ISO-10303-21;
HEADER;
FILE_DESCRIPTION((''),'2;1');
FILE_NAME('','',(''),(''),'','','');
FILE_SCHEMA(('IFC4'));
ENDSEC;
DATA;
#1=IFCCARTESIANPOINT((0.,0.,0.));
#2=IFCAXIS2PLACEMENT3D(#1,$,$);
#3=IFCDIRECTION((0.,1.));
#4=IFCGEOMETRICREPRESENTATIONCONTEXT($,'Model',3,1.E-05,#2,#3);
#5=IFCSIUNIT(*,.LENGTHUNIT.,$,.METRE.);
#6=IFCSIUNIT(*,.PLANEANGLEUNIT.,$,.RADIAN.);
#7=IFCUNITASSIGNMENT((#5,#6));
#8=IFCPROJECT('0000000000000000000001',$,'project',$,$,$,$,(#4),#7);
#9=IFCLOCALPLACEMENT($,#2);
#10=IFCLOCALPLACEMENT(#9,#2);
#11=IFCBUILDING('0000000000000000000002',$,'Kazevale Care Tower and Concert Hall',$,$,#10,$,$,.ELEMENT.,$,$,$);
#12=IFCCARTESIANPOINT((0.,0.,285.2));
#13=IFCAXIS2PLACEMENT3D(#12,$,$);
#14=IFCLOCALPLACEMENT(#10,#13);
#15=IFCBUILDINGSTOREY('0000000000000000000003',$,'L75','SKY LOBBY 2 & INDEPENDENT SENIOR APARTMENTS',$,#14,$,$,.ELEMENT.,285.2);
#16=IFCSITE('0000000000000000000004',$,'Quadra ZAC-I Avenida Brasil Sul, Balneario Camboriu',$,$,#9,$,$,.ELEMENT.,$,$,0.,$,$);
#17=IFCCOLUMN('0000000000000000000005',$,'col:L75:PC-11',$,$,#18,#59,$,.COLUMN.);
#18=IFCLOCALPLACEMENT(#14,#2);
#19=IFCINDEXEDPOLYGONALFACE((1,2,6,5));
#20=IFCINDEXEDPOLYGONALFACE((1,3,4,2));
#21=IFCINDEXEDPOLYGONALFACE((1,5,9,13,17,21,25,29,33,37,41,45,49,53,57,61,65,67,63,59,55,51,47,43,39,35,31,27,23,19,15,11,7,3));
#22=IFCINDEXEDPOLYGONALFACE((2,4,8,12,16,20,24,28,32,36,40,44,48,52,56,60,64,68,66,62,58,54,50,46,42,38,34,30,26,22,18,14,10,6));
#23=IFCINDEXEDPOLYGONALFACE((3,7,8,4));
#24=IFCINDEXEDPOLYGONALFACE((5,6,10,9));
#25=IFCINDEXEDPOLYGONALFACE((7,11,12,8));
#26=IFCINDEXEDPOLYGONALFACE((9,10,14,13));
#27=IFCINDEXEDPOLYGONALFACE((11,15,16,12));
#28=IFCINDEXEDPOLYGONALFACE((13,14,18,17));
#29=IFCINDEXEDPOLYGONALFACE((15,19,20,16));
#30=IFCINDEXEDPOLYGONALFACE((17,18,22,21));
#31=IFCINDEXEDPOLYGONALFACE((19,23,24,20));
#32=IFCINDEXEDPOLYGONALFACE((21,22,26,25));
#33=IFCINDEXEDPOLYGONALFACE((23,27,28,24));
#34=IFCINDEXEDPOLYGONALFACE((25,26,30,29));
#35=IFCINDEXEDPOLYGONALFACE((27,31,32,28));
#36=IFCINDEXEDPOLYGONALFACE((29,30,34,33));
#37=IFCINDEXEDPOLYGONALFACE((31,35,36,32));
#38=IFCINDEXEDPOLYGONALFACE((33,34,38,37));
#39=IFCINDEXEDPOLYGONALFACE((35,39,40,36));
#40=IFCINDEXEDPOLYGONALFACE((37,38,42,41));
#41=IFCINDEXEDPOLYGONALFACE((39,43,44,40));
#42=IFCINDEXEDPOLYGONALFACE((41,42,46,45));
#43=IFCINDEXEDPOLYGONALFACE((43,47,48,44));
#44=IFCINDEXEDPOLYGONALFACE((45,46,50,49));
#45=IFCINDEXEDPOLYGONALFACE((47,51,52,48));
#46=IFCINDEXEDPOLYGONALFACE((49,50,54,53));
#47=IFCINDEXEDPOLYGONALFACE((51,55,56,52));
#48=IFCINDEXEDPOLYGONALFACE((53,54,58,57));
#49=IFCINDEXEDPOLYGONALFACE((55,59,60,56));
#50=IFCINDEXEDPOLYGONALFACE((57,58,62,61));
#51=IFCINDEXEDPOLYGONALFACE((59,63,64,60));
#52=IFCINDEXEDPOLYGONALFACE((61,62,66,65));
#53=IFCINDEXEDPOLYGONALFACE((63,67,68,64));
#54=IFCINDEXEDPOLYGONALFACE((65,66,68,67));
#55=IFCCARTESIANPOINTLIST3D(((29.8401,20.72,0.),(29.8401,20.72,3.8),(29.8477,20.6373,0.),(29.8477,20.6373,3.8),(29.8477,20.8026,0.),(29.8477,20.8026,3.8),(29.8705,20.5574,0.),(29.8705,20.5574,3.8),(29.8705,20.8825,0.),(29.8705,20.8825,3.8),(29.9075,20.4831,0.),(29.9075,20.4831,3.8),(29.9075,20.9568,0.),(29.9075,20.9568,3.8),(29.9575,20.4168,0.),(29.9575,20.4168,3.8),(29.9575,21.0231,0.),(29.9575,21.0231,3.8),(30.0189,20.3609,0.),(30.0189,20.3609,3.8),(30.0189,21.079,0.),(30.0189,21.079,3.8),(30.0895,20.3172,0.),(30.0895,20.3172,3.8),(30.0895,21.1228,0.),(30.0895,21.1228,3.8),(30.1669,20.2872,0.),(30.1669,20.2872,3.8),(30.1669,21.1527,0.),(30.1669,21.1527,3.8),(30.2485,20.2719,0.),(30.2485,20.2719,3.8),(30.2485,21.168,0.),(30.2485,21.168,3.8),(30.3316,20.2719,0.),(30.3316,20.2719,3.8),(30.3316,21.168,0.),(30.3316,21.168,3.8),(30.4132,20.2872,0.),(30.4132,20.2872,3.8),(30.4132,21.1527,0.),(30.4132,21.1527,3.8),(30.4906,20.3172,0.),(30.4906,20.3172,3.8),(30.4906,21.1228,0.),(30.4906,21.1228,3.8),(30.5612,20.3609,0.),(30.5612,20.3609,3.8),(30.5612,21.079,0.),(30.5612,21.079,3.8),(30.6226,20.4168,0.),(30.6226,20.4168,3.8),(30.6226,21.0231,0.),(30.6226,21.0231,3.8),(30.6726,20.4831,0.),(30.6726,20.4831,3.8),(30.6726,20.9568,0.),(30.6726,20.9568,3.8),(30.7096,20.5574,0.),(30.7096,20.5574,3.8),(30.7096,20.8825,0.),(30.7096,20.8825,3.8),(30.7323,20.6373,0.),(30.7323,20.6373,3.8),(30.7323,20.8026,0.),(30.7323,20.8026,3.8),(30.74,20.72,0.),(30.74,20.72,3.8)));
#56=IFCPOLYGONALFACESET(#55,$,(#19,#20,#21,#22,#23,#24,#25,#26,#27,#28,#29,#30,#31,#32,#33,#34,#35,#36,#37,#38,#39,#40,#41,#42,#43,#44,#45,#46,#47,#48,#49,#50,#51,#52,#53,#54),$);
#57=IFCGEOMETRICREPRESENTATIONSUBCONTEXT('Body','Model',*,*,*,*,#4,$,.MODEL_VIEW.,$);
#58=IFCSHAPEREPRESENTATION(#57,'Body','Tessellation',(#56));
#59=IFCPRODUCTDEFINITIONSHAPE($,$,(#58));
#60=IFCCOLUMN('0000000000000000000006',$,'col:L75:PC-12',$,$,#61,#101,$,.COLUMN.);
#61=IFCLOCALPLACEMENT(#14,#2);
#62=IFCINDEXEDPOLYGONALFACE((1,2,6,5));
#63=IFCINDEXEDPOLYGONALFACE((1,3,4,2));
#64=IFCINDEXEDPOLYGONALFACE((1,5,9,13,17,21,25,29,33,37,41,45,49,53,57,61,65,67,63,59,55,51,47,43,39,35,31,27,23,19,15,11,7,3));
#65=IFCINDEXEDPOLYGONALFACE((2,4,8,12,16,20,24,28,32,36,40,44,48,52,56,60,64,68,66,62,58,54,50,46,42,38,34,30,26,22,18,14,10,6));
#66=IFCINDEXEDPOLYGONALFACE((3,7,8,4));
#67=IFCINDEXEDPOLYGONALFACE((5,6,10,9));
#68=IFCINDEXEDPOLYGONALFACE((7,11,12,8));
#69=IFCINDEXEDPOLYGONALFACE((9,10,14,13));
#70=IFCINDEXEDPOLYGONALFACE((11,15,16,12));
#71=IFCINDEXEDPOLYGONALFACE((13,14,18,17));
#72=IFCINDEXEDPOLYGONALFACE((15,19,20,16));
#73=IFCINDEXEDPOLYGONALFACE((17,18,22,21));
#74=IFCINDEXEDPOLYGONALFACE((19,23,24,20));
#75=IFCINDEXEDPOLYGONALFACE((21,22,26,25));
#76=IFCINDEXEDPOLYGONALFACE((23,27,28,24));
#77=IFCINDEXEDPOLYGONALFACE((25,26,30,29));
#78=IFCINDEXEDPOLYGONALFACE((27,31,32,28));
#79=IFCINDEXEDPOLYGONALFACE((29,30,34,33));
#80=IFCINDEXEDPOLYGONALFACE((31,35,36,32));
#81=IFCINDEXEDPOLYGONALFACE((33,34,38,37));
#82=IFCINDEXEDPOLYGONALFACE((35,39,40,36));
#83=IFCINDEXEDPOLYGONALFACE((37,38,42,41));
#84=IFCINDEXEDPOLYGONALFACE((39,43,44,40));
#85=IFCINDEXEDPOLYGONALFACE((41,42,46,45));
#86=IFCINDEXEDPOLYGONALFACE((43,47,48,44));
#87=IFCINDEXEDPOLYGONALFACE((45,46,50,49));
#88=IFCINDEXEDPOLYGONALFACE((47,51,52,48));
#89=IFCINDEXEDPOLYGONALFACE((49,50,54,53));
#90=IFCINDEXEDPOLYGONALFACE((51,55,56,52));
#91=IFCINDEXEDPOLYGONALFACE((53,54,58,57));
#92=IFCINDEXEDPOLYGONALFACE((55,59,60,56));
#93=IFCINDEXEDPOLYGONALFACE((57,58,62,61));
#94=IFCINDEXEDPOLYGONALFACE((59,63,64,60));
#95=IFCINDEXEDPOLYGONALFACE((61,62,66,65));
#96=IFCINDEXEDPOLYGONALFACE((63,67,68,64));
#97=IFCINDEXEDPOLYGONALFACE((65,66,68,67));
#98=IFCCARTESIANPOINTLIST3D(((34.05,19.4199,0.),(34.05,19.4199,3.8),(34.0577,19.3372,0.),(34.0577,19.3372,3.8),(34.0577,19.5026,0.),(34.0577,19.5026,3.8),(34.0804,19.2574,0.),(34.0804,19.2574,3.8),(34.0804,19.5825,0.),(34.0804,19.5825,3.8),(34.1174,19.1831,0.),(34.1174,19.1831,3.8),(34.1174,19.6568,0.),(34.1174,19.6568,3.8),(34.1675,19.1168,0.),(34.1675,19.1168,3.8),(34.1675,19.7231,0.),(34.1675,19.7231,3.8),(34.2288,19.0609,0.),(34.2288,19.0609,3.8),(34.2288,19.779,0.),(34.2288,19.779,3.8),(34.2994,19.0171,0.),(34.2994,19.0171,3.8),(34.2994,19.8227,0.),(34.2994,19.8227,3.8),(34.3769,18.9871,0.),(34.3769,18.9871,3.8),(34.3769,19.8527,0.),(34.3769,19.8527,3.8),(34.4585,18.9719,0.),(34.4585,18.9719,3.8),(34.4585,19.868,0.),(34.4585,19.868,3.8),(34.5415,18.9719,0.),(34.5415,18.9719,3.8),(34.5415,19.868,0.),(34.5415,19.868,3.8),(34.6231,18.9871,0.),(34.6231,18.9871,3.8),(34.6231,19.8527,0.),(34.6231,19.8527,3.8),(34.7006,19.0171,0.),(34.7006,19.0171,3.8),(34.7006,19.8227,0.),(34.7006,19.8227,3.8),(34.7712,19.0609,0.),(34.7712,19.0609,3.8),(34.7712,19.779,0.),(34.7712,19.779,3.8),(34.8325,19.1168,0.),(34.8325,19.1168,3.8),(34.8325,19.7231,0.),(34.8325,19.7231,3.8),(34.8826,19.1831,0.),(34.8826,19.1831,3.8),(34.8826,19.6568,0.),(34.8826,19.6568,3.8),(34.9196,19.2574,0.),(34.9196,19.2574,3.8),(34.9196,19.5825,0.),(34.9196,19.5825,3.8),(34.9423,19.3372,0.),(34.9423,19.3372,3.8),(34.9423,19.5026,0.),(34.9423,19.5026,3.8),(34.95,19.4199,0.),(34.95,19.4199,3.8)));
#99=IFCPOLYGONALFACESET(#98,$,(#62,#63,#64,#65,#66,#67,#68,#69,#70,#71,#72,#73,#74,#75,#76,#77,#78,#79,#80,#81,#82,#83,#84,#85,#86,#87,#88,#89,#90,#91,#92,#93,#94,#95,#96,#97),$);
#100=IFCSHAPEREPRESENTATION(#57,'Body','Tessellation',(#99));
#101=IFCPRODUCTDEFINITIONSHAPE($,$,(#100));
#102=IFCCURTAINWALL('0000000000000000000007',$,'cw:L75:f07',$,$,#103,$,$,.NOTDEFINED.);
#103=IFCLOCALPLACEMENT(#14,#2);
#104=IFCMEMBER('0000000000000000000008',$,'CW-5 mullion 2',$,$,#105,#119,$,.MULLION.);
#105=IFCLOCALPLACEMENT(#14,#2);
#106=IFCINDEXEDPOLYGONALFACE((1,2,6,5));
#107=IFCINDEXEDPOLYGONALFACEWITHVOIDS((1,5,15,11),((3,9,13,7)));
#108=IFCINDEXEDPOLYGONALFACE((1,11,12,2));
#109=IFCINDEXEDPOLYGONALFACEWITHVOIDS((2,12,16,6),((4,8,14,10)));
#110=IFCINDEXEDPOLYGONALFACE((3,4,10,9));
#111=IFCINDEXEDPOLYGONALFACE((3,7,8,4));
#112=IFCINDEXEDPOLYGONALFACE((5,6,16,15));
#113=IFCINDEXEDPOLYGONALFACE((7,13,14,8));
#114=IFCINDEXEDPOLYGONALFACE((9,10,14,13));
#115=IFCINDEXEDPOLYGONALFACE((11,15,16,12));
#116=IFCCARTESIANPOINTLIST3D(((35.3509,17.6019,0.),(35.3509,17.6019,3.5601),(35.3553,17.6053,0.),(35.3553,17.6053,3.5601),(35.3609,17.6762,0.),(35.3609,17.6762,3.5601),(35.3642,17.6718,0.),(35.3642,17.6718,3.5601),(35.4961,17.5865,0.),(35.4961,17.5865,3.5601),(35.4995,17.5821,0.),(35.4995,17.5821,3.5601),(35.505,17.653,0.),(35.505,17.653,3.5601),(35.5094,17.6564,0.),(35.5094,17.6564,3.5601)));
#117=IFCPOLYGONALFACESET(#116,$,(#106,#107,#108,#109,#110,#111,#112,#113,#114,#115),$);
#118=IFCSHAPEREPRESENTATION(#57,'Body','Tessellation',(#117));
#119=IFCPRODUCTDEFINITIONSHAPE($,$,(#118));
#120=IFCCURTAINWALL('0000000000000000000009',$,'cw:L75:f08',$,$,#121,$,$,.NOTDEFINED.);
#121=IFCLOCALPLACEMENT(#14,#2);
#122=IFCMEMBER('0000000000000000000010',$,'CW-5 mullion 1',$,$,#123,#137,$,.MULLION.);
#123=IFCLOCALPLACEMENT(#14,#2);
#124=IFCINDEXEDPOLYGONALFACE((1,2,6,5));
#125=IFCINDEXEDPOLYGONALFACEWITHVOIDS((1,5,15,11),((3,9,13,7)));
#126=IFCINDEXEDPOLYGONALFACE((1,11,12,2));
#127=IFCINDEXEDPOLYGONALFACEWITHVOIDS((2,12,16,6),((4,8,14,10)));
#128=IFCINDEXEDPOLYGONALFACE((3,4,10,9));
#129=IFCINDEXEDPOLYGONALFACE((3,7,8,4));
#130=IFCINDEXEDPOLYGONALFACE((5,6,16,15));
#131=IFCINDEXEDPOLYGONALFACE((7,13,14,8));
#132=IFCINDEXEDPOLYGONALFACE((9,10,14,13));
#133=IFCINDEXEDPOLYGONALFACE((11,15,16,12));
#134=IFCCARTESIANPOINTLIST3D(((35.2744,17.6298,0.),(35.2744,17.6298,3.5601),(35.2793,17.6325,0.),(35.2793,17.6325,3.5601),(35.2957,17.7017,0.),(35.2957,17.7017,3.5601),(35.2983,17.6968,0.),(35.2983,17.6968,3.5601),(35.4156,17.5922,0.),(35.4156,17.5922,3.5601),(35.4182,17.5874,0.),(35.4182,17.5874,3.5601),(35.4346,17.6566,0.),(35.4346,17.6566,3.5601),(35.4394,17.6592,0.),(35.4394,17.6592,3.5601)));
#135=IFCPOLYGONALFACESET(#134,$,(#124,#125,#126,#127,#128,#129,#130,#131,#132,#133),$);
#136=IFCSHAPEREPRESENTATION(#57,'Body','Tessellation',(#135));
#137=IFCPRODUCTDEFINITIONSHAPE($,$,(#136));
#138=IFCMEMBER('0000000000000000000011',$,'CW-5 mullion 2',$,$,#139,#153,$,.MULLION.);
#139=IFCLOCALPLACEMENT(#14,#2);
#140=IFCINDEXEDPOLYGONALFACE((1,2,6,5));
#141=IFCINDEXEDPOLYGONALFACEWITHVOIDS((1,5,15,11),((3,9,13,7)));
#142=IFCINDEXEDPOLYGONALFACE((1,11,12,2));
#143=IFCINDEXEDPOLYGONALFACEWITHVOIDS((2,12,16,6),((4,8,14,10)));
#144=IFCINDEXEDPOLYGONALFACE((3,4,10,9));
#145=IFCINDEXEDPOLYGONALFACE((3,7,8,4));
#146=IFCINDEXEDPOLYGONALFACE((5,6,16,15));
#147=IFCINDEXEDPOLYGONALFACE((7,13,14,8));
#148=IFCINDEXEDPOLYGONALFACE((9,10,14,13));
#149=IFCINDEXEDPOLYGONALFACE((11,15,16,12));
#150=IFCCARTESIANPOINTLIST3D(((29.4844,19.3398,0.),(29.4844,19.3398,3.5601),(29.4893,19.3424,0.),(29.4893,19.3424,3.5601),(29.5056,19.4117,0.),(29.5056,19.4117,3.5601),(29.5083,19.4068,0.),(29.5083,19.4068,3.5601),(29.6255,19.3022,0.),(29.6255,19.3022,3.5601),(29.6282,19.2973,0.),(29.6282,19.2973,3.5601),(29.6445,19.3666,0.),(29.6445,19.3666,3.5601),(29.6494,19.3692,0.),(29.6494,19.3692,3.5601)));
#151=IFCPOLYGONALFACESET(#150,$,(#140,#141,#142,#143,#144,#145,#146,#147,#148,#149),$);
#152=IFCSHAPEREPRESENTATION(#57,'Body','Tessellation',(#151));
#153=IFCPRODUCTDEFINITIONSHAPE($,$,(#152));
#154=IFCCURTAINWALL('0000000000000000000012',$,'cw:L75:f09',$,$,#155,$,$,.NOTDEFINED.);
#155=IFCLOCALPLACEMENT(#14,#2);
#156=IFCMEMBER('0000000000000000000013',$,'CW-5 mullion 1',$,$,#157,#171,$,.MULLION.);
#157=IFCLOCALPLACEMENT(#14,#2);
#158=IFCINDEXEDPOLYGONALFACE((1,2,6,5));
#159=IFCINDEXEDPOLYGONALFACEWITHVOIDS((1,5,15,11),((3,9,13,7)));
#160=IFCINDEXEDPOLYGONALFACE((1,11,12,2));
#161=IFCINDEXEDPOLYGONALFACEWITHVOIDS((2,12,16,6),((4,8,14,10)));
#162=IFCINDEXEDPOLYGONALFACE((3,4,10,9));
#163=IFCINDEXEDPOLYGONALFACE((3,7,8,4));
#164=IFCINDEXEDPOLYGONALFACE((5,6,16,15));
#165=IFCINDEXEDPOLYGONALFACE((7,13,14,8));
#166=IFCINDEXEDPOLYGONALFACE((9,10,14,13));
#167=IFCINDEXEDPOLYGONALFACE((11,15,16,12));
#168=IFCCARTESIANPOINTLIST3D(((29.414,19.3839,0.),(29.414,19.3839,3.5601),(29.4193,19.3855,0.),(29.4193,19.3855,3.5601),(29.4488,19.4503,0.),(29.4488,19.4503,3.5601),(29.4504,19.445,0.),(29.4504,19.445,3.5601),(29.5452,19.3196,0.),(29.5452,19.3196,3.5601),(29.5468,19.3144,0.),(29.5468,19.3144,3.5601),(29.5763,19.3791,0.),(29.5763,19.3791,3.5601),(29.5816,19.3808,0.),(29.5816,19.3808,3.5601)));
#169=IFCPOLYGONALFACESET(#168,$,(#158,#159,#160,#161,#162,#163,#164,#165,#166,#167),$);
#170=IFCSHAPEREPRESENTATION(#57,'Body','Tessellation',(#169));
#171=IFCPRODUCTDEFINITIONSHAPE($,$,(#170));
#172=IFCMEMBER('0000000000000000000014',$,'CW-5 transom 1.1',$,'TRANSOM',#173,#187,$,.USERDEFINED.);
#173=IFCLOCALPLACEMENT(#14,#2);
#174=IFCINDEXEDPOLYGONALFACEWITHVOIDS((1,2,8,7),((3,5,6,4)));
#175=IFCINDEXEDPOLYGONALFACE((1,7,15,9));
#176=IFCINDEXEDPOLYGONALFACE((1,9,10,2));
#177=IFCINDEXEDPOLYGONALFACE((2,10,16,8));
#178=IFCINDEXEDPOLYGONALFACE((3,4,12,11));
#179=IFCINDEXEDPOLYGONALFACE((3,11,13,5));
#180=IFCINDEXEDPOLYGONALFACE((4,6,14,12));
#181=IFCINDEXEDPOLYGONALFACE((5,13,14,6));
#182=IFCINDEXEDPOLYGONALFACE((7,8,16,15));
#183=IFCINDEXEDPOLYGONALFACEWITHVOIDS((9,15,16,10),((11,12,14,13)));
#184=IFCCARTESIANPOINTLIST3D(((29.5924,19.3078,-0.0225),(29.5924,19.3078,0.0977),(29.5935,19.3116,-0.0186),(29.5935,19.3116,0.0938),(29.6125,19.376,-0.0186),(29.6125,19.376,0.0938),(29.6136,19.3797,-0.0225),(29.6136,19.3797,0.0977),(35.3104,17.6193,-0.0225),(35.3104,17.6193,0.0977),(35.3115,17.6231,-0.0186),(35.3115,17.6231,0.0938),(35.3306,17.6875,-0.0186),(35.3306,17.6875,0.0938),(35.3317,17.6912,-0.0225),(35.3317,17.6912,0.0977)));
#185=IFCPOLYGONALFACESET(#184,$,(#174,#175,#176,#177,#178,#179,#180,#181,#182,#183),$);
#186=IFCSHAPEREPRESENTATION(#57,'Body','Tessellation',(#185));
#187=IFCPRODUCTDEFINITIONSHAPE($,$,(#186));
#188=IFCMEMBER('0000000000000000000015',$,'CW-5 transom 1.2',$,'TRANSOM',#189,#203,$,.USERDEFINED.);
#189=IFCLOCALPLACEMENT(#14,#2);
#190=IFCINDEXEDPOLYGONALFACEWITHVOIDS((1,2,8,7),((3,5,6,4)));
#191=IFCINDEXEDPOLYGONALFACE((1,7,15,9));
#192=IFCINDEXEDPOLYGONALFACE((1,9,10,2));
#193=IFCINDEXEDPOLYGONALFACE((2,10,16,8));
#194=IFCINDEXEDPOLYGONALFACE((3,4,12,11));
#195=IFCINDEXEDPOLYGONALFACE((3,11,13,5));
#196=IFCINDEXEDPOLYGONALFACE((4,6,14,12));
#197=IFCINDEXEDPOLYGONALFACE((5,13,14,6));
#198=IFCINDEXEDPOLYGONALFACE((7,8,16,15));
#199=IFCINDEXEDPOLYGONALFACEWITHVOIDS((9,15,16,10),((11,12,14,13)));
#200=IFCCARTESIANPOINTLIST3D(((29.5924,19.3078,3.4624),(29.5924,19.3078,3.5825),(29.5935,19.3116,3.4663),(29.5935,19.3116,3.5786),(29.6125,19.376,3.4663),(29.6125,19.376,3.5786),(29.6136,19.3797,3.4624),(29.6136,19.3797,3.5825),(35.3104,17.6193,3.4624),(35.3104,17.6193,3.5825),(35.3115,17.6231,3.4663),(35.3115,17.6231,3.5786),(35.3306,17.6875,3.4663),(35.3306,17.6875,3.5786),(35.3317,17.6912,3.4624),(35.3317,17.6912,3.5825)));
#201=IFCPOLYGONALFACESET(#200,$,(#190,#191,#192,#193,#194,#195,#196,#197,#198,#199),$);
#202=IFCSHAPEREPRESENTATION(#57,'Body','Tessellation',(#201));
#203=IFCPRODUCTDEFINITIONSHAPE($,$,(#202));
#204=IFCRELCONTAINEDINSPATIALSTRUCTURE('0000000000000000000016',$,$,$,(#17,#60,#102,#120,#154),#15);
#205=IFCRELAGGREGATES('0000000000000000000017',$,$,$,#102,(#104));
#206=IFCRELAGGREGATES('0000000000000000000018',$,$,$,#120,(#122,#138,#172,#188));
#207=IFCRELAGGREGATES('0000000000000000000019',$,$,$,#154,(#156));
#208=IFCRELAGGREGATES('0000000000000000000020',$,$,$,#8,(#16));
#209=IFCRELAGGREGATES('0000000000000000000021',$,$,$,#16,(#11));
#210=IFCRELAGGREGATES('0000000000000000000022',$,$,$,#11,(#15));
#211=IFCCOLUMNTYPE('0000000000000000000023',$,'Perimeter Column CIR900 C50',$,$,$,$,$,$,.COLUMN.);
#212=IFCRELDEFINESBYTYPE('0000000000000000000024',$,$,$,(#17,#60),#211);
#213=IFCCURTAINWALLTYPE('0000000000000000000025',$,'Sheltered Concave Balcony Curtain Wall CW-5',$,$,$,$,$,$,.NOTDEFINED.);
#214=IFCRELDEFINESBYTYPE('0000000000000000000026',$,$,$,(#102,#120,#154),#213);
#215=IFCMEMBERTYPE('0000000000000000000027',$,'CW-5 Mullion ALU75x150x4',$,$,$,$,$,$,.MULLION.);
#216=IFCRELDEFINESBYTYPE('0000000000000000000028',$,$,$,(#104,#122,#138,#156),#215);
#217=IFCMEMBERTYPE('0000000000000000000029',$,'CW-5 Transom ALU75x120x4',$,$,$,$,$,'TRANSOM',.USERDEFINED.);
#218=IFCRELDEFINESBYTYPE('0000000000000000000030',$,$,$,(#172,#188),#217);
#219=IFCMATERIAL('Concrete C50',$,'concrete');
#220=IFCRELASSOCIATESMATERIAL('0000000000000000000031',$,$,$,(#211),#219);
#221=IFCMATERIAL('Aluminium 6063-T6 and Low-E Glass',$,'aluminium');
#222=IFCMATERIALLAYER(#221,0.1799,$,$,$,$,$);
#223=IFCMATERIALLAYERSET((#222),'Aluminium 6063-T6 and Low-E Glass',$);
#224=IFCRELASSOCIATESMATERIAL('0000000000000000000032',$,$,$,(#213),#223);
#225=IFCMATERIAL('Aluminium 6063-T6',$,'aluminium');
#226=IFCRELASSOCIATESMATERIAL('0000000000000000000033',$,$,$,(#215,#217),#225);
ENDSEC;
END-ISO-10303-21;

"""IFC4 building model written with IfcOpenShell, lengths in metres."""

from ifc_helpers import new_model, si_unit, direction, frame, origin, origin_2d, place, context, subcontext, project, spatial, hollow_rectangle, circle, extrude, material, layer, layer_set, material_profile, profile_set, type_object, element, aggregate, save


model = new_model("IFC4")

# Units and contexts
model_context = context("Model", 3, precision=1e-05, world=origin(), true_north=direction((0.0, 1.0)))
body_context = subcontext(model_context, "Body", "Model", "MODEL_VIEW")
ifc_project = project(units=[si_unit("LENGTHUNIT", "METRE"), si_unit("PLANEANGLEUNIT", "RADIAN")], contexts=[model_context])

# Site, building, storey
site_placement = place(None, origin())
site = spatial("IfcSite", under=ifc_project, at=site_placement, Name="Quadra ZAC-I Avenida Brasil Sul, Balneario Camboriu", CompositionType="ELEMENT", RefElevation=0.0)
building_placement = place(site_placement, origin())
building = spatial("IfcBuilding", under=site, at=building_placement, Name="Kazevale Care Tower and Concert Hall", CompositionType="ELEMENT")
storey_placement = place(building_placement, frame((0.0, 0.0, 285.2)))
storey = spatial("IfcBuildingStorey", under=building, at=storey_placement, Name="L75", Description="SKY LOBBY 2 & INDEPENDENT SENIOR APARTMENTS", CompositionType="ELEMENT", Elevation=285.2)

# Columns
ifc_material_1 = material(Name="Concrete C50", Category="concrete")
ifc_material_profile_1 = material_profile(ifc_material_1, circle(Radius=0.45, at=origin_2d()), Name="RC-CIR900")
ifc_profile_set_1 = profile_set([ifc_material_profile_1], Name="Concrete C50")
column_type = type_object("IfcColumnType", Name="Perimeter Column CIR900 C50", PredefinedType="COLUMN", material=ifc_profile_set_1)
for number, where, z_axis, x_axis, name in (
    (1, (30.29, 20.72, 0.0), (0.0, 0.0, 1.0), (1.0, 0.0, 0.0), "col:L75:PC-11"),
    (2, (34.5, 19.4199, 0.0), (0.0, 0.0, 1.0), (1.0, 0.0, 0.0), "col:L75:PC-12"),
):
    element("IfcColumn", number, at=place(storey_placement, frame(where, z_axis=z_axis, x_axis=x_axis)), inside=storey, type_object=column_type, Name=name, PredefinedType="COLUMN", context=body_context, shape_type="SweptSolid", body=[
        extrude(circle(Radius=0.45, at=origin_2d()), origin(), (0.0, 0.0, 1.0), 3.8),
    ])

# Curtain wall, member
ifc_material_2 = material(Name="Aluminium 6063-T6 and Low-E Glass", Category="aluminium")
ifc_layer_1 = layer(ifc_material_2, 0.1799)
ifc_layer_set_1 = layer_set([ifc_layer_1], Name="Aluminium 6063-T6 and Low-E Glass")
curtain_wall_type = type_object("IfcCurtainWallType", Name="Sheltered Concave Balcony Curtain Wall CW-5", PredefinedType="NOTDEFINED", material=ifc_layer_set_1)
curtain_wall_1_placement = place(storey_placement, origin())
curtain_wall_1 = element("IfcCurtainWall", 3, at=curtain_wall_1_placement, inside=storey, type_object=curtain_wall_type, Name="cw:L75:f07", PredefinedType="NOTDEFINED")
ifc_material_3 = material(Name="Aluminium 6063-T6", Category="aluminium")
ifc_material_profile_2 = material_profile(ifc_material_3, hollow_rectangle(XDim=0.075, YDim=0.1499, WallThickness=0.0039, at=origin_2d()), Name="ALU75x150x4")
ifc_profile_set_2 = profile_set([ifc_material_profile_2], Name="Aluminium 6063-T6")
member_type_1 = type_object("IfcMemberType", Name="CW-5 Mullion ALU75x150x4", PredefinedType="MULLION", material=ifc_profile_set_2)
member_1_placement = place(storey_placement, frame((35.4302, 17.6292, 0.0), z_axis=(0.0, 0.0, 1.0), x_axis=(-0.132542, -0.991177, 0.0)))
member_1 = element("IfcMember", 4, at=member_1_placement, type_object=member_type_1, Name="CW-5 mullion 2", PredefinedType="MULLION", context=body_context, shape_type="SweptSolid", body=[
    extrude(hollow_rectangle(XDim=0.075, YDim=0.1499, WallThickness=0.0039, at=origin_2d()), origin(), (0.0, 0.0, 1.0), 3.5601),
])
aggregate(curtain_wall_1, [member_1])

# Curtain wall, members
curtain_wall_2_placement = place(storey_placement, origin())
curtain_wall_2 = element("IfcCurtainWall", 5, at=curtain_wall_2_placement, inside=storey, type_object=curtain_wall_type, Name="cw:L75:f08", PredefinedType="NOTDEFINED")
member_2_placement = place(storey_placement, frame((35.3569, 17.6445, 0.0), z_axis=(0.0, 0.0, 1.0), x_axis=(-0.283203, -0.95906, 0.0)))
member_2 = element("IfcMember", 6, at=member_2_placement, type_object=member_type_1, Name="CW-5 mullion 1", PredefinedType="MULLION", context=body_context, shape_type="SweptSolid", body=[
    extrude(hollow_rectangle(XDim=0.075, YDim=0.1499, WallThickness=0.0039, at=origin_2d()), origin(), (0.0, 0.0, 1.0), 3.5601),
])
member_3_placement = place(storey_placement, frame((29.5669, 19.3545, 0.0), z_axis=(0.0, 0.0, 1.0), x_axis=(-0.283203, -0.95906, 0.0)))
member_3 = element("IfcMember", 7, at=member_3_placement, type_object=member_type_1, Name="CW-5 mullion 2", PredefinedType="MULLION", context=body_context, shape_type="SweptSolid", body=[
    extrude(hollow_rectangle(XDim=0.075, YDim=0.1499, WallThickness=0.0039, at=origin_2d()), origin(), (0.0, 0.0, 1.0), 3.5601),
])

# Curtain wall, member
curtain_wall_3_placement = place(storey_placement, origin())
curtain_wall_3 = element("IfcCurtainWall", 8, at=curtain_wall_3_placement, inside=storey, type_object=curtain_wall_type, Name="cw:L75:f09", PredefinedType="NOTDEFINED")
member_4_placement = place(storey_placement, frame((29.4978, 19.3823, 0.0), z_axis=(0.0, 0.0, 1.0), x_axis=(-0.463681, -0.886002, 0.0)))
member_4 = element("IfcMember", 9, at=member_4_placement, type_object=member_type_1, Name="CW-5 mullion 1", PredefinedType="MULLION", context=body_context, shape_type="SweptSolid", body=[
    extrude(hollow_rectangle(XDim=0.075, YDim=0.1499, WallThickness=0.0039, at=origin_2d()), origin(), (0.0, 0.0, 1.0), 3.5601),
])

# Members
ifc_material_profile_3 = material_profile(ifc_material_3, hollow_rectangle(XDim=0.075, YDim=0.1201, WallThickness=0.0039, at=origin_2d()), Name="ALU75x120x4")
ifc_profile_set_3 = profile_set([ifc_material_profile_3], Name="Aluminium 6063-T6")
member_type_2 = type_object("IfcMemberType", Name="CW-5 Transom ALU75x120x4", ElementType="TRANSOM", PredefinedType="USERDEFINED", material=ifc_profile_set_3)
member_5_placement = place(storey_placement, frame((35.321, 17.6553, 0.0376), z_axis=(-0.95906, 0.283201, 0.0), x_axis=(-0.283201, -0.95906, 0.0)))
member_5 = element("IfcMember", 10, at=member_5_placement, type_object=member_type_2, Name="CW-5 transom 1.1", ObjectType="TRANSOM", PredefinedType="USERDEFINED", context=body_context, shape_type="SweptSolid", body=[
    extrude(hollow_rectangle(XDim=0.075, YDim=0.1201, WallThickness=0.0039, at=origin_2d()), origin(), (0.0, 0.0, 1.0), 5.9622),
])
member_6_placement = place(storey_placement, frame((35.321, 17.6553, 3.5225), z_axis=(-0.95906, 0.283201, 0.0), x_axis=(-0.283201, -0.95906, 0.0)))
member_6 = element("IfcMember", 11, at=member_6_placement, type_object=member_type_2, Name="CW-5 transom 1.2", ObjectType="TRANSOM", PredefinedType="USERDEFINED", context=body_context, shape_type="SweptSolid", body=[
    extrude(hollow_rectangle(XDim=0.075, YDim=0.1201, WallThickness=0.0039, at=origin_2d()), origin(), (0.0, 0.0, 1.0), 5.9622),
])

aggregate(curtain_wall_2, [member_2, member_3, member_5, member_6])
aggregate(curtain_wall_3, [member_4])

save(model, "model.ifc")
